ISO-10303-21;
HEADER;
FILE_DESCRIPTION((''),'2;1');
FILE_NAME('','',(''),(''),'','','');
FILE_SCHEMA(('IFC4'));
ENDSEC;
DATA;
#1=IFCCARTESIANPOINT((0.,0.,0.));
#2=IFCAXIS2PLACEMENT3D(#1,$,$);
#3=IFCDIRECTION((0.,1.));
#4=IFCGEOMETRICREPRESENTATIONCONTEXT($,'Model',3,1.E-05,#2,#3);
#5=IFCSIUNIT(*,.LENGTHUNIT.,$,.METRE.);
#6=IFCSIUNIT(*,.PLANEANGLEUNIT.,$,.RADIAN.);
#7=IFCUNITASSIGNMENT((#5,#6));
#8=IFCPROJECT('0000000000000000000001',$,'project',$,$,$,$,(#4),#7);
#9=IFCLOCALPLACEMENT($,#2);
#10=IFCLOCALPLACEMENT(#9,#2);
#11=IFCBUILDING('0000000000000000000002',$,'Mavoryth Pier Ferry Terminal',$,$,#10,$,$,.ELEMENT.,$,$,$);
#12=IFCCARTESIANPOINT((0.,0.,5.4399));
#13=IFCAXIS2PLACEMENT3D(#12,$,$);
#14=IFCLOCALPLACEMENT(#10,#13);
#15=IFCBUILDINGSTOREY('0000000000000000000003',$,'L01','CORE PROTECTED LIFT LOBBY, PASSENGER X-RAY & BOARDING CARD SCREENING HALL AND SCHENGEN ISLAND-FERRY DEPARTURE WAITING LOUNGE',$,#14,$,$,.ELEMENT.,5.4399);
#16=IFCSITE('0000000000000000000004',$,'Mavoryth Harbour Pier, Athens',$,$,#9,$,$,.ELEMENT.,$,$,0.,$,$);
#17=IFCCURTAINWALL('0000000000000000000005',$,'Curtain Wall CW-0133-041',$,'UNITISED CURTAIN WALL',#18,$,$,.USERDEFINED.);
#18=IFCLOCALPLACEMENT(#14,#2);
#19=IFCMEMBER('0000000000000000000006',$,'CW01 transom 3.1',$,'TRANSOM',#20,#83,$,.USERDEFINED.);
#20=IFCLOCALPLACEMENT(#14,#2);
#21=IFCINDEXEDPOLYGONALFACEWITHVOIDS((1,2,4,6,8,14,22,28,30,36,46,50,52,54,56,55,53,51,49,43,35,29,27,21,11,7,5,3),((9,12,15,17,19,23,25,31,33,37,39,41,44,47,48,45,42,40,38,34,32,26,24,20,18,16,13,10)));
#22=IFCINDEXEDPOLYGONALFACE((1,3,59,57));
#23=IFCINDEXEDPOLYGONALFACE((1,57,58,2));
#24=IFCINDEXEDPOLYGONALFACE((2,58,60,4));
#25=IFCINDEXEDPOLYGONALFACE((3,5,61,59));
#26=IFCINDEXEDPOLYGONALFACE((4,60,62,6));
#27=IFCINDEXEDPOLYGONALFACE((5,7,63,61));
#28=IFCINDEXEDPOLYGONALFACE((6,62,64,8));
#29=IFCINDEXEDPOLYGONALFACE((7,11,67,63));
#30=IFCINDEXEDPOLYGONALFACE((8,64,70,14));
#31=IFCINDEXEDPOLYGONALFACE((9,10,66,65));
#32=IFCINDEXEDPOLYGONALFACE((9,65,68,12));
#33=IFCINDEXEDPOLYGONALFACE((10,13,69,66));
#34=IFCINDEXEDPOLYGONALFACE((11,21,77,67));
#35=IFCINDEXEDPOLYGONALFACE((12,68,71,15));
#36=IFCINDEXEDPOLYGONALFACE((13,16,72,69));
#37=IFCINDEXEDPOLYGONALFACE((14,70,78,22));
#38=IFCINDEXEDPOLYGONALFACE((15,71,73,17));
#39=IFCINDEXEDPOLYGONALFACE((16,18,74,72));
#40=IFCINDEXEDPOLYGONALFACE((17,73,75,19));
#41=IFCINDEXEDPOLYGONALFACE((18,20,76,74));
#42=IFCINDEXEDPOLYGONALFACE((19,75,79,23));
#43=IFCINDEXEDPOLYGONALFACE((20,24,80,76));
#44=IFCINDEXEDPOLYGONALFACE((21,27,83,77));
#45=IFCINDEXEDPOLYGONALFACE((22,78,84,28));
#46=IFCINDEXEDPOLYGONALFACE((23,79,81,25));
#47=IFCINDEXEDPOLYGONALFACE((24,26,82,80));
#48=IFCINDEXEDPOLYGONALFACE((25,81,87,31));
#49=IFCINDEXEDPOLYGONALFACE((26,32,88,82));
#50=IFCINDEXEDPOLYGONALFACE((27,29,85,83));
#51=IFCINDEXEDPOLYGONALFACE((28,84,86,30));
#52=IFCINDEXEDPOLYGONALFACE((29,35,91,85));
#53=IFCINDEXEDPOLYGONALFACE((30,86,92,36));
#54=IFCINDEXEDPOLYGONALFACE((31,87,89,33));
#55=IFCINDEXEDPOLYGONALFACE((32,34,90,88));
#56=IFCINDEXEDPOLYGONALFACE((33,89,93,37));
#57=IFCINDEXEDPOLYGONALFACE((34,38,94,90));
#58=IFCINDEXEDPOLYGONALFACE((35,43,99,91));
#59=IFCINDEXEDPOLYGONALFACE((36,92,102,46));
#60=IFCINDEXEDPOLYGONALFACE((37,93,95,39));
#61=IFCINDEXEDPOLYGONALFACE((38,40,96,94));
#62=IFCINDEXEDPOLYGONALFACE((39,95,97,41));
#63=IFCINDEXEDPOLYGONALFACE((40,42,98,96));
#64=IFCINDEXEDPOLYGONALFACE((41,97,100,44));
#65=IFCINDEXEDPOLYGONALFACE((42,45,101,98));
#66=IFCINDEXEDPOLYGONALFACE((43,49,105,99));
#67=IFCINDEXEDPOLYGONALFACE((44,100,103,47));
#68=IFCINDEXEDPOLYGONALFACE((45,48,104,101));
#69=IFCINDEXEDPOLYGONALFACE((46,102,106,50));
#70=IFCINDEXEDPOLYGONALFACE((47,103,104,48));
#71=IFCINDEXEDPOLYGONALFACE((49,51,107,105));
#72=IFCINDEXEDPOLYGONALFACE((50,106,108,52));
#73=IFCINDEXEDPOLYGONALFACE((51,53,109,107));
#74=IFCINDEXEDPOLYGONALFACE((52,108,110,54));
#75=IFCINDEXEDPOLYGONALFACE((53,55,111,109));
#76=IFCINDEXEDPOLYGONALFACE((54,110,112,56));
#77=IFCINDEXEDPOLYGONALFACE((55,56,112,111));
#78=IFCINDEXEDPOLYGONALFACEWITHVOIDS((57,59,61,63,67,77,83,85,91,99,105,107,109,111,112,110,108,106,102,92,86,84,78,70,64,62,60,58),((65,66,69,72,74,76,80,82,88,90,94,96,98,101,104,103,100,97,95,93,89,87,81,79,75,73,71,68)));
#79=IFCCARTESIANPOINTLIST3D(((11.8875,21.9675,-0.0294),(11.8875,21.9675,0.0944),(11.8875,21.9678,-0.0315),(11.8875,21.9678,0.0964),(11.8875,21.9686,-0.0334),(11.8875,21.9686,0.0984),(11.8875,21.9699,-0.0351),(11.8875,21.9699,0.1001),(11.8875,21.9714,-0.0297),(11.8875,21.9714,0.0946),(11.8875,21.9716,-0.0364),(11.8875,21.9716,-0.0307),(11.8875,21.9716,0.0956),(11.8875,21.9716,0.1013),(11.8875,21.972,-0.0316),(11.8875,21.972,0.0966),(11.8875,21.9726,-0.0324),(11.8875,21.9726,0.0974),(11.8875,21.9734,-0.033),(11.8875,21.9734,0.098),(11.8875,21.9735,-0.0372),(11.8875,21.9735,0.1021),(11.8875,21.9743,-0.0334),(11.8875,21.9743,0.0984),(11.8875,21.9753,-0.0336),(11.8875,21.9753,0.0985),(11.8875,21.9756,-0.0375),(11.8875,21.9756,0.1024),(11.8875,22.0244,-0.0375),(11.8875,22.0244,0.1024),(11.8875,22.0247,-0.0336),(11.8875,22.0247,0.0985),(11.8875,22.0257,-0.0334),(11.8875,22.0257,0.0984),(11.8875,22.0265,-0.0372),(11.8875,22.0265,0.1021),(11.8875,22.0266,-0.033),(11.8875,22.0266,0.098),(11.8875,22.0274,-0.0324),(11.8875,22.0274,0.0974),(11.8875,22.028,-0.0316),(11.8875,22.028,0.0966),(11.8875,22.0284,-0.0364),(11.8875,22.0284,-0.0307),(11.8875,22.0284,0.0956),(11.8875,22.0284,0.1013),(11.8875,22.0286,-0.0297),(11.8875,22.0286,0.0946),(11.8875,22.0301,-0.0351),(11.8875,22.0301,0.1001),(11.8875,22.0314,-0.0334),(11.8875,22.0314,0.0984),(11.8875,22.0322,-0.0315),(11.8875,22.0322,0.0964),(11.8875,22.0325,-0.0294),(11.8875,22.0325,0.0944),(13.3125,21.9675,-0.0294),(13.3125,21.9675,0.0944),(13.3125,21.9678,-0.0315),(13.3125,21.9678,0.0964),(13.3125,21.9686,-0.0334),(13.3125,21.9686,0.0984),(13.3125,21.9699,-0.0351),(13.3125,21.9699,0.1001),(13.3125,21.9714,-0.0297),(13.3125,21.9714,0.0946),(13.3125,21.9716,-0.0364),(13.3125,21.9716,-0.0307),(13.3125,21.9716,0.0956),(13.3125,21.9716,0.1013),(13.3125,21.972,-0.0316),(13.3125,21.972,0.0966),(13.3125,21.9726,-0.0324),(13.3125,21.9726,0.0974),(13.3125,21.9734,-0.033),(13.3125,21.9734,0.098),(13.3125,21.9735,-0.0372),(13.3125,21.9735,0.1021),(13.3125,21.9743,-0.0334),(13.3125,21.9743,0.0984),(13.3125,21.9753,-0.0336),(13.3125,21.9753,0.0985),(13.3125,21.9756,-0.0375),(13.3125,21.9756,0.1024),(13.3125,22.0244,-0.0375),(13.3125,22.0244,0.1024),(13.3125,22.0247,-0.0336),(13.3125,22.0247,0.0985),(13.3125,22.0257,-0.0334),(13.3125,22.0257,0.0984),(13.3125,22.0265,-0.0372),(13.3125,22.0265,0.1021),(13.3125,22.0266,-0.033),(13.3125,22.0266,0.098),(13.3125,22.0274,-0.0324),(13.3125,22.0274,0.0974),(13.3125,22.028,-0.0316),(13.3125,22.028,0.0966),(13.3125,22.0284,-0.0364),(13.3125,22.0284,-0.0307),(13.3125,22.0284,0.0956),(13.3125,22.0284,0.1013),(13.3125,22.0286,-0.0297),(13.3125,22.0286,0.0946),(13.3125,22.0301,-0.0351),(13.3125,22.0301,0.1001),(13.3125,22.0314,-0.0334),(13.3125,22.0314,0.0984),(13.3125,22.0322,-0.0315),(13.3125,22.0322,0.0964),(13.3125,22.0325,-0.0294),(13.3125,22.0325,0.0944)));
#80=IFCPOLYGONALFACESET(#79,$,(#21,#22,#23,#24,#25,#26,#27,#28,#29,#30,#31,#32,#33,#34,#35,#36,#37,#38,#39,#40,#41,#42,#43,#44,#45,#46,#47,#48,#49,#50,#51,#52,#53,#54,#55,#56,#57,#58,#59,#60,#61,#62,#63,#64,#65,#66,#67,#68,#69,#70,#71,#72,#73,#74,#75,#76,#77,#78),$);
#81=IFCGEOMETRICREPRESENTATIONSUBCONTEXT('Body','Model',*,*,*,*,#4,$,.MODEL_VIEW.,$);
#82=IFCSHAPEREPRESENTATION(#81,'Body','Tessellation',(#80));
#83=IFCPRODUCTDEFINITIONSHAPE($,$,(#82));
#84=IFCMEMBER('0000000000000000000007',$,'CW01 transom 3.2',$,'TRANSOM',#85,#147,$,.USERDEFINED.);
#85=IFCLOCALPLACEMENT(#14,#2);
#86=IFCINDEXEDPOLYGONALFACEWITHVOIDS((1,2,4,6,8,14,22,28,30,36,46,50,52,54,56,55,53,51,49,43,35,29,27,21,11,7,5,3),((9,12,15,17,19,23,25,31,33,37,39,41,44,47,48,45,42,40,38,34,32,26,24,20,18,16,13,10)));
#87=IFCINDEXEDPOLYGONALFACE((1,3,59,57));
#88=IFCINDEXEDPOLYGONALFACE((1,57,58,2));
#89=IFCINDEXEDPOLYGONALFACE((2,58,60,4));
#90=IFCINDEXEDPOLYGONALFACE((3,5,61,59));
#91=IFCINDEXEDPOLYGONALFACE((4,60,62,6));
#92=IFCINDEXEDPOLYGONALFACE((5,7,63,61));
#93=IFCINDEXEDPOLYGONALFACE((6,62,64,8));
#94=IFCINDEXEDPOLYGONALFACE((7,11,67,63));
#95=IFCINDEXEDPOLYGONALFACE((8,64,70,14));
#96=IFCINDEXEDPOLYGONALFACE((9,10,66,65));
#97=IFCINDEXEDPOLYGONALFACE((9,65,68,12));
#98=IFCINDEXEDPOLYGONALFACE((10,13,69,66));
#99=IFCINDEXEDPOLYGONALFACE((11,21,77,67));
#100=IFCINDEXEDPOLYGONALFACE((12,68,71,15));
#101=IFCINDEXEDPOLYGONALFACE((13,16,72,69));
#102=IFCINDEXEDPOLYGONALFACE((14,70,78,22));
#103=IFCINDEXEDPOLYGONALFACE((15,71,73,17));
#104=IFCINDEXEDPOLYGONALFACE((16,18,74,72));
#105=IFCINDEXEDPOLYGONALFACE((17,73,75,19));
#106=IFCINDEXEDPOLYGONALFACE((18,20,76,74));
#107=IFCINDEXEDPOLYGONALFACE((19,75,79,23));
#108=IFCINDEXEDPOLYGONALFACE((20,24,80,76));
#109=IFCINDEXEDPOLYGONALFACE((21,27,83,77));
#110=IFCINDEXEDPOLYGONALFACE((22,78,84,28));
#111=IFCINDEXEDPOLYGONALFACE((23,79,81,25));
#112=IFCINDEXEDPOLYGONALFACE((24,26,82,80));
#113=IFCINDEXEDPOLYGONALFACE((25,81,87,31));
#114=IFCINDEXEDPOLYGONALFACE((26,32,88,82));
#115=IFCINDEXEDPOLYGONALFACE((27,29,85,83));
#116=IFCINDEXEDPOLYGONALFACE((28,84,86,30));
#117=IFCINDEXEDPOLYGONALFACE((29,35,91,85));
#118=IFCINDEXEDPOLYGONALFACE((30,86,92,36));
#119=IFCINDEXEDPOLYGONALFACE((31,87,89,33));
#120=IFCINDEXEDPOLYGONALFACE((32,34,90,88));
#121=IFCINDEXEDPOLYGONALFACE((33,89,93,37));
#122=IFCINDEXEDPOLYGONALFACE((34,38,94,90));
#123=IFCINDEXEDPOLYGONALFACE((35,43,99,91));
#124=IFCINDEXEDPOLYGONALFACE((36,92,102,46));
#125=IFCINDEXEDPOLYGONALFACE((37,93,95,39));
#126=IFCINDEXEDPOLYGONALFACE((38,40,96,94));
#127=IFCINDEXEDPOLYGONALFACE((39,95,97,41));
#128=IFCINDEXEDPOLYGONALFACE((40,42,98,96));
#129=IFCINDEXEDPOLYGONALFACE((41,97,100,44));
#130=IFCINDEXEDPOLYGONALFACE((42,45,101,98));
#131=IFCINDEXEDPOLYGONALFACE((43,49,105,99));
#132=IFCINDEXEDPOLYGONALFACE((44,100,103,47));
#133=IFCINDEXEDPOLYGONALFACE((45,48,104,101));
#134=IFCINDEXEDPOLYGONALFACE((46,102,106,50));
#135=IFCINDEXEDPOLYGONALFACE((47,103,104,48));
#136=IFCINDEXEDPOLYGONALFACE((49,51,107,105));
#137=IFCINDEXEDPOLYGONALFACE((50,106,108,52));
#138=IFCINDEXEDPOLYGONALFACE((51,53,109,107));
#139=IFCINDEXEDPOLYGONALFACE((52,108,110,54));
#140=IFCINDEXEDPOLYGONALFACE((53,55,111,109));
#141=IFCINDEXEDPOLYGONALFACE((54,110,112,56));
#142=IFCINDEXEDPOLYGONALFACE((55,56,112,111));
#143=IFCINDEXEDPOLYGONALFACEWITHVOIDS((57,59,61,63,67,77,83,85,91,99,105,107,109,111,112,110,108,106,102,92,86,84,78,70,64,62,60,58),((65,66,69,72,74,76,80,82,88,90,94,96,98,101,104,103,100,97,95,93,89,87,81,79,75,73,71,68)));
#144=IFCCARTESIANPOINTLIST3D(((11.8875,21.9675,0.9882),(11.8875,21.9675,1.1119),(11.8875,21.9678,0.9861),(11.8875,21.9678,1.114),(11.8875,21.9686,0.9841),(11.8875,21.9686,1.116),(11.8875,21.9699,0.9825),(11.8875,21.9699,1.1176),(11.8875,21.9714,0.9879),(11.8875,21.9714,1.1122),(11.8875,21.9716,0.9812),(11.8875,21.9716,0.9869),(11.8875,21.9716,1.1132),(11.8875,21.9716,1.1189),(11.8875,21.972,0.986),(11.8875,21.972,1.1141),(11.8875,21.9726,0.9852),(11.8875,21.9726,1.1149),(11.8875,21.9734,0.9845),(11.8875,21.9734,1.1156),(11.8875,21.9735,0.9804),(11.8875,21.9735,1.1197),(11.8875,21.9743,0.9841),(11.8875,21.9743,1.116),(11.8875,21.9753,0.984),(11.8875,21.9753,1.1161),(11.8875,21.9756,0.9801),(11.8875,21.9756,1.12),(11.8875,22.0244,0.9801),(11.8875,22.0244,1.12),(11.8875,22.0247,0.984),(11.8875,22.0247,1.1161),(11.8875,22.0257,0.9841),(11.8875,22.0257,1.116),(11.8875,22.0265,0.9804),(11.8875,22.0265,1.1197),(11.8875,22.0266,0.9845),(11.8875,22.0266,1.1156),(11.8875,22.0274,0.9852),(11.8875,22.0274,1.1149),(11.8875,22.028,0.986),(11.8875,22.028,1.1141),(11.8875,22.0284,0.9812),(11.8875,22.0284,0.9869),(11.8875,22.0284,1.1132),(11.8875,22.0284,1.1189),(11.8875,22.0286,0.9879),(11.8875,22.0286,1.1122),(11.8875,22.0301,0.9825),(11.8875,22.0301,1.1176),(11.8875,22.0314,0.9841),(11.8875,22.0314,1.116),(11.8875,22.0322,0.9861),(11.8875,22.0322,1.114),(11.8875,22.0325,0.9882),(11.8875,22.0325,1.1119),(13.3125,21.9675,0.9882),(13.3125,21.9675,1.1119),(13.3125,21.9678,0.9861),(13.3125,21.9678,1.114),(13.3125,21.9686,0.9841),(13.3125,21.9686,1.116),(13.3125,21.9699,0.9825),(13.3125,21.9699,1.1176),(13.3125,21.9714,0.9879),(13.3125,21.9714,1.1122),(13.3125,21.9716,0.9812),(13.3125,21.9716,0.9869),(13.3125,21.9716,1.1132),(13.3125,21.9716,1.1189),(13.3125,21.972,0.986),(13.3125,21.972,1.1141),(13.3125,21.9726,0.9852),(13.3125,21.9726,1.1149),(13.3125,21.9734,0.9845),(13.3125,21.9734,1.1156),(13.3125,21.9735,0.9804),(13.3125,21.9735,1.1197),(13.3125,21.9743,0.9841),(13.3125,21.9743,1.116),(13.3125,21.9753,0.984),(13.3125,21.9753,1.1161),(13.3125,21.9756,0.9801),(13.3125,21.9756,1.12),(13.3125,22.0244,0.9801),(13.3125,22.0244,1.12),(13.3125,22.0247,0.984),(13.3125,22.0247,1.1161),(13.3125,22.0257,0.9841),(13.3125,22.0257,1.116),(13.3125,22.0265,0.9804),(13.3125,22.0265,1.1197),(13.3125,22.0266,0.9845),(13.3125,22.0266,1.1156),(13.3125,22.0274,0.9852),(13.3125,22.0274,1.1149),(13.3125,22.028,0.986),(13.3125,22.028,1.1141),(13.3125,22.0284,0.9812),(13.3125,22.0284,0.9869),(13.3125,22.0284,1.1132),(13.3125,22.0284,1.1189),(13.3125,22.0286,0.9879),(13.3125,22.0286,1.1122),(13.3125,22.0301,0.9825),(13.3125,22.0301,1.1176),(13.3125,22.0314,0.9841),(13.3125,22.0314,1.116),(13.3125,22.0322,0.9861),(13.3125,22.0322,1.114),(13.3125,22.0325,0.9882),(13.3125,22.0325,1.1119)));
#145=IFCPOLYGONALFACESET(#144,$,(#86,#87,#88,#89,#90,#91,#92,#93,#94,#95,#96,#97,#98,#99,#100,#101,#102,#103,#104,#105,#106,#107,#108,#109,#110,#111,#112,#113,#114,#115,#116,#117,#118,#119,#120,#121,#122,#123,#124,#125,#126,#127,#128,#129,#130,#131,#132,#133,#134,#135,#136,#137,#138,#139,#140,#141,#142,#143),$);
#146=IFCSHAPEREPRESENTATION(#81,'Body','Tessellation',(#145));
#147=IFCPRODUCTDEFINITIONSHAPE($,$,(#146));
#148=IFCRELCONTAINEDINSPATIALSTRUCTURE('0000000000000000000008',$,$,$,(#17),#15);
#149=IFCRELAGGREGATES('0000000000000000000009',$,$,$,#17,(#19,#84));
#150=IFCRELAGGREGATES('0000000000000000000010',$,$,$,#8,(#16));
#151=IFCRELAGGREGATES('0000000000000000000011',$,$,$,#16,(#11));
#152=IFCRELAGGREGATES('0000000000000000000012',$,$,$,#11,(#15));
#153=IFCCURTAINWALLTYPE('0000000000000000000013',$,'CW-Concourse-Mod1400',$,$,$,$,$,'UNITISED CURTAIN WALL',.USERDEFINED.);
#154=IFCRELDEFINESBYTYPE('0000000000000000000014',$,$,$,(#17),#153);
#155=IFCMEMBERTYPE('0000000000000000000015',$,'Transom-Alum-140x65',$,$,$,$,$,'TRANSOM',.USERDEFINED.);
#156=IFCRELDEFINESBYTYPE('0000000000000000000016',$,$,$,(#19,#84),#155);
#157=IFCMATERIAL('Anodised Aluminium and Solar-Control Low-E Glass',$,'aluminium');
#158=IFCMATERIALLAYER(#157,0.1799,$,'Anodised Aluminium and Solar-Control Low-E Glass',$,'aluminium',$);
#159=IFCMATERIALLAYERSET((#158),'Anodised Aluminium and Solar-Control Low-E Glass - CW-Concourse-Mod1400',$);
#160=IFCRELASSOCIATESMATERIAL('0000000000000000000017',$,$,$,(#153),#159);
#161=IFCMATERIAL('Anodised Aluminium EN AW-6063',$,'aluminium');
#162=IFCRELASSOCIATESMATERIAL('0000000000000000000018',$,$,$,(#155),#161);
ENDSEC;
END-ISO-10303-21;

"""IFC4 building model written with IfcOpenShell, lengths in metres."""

from ifc_helpers import new_model, si_unit, direction, frame, origin, origin_2d, place, context, subcontext, project, spatial, hollow_rectangle, extrude, material, layer, layer_set, material_profile, profile_set, type_object, element, aggregate, save


model = new_model("IFC4")

# Units and contexts
model_context = context("Model", 3, precision=1e-05, world=origin(), true_north=direction((0.0, 1.0)))
body_context = subcontext(model_context, "Body", "Model", "MODEL_VIEW")
ifc_project = project(units=[si_unit("LENGTHUNIT", "METRE"), si_unit("PLANEANGLEUNIT", "RADIAN")], contexts=[model_context])

# Site, building, storey
site_placement = place(None, origin())
site = spatial("IfcSite", under=ifc_project, at=site_placement, Name="Mavoryth Harbour Pier, Athens", CompositionType="ELEMENT", RefElevation=0.0)
building_placement = place(site_placement, origin())
building = spatial("IfcBuilding", under=site, at=building_placement, Name="Mavoryth Pier Ferry Terminal", CompositionType="ELEMENT")
storey_placement = place(building_placement, frame((0.0, 0.0, 5.4399)))
storey = spatial("IfcBuildingStorey", under=building, at=storey_placement, Name="L01", Description="CORE PROTECTED LIFT LOBBY, PASSENGER X-RAY & BOARDING CARD SCREENING HALL AND SCHENGEN ISLAND-FERRY DEPARTURE WAITING LOUNGE", CompositionType="ELEMENT", Elevation=5.4399)

# Curtain wall
ifc_material_1 = material(Name="Anodised Aluminium and Solar-Control Low-E Glass", Category="aluminium")
ifc_layer_1 = layer(ifc_material_1, 0.1799, Name="Anodised Aluminium and Solar-Control Low-E Glass", Category="aluminium")
ifc_layer_set_1 = layer_set([ifc_layer_1], Name="Anodised Aluminium and Solar-Control Low-E Glass - CW-Concourse-Mod1400")
curtain_wall_type = type_object("IfcCurtainWallType", Name="CW-Concourse-Mod1400", ElementType="UNITISED CURTAIN WALL", PredefinedType="USERDEFINED", material=ifc_layer_set_1)
ifc_material_2 = material(Name="Anodised Aluminium EN AW-6063", Category="aluminium")
curtain_wall_1_placement = place(storey_placement, origin())
curtain_wall_1 = element("IfcCurtainWall", 1, at=curtain_wall_1_placement, inside=storey, type_object=curtain_wall_type, Name="Curtain Wall CW-0133-041", ObjectType="UNITISED CURTAIN WALL", PredefinedType="USERDEFINED")

# Members
ifc_material_profile_1 = material_profile(ifc_material_2, hollow_rectangle(XDim=0.0649, YDim=0.1399, WallThickness=0.0039, InnerFilletRadius=0.0039, OuterFilletRadius=0.0081, at=origin_2d()), Name="AL-TRAN 140x65x4", Category="aluminium")
ifc_profile_set_1 = profile_set([ifc_material_profile_1], Name="Anodised Aluminium EN AW-6063 - AL-TRAN 140x65x4")
member_type_1 = type_object("IfcMemberType", Name="Transom-Alum-140x65", ElementType="TRANSOM", PredefinedType="USERDEFINED", material=ifc_profile_set_1)
member_1_placement = place(storey_placement, frame((11.8875, 22.0, 0.0325), z_axis=(1.0, 0.0, 0.0), x_axis=(0.0, 1.0, 0.0)))
member_1 = element("IfcMember", 2, at=member_1_placement, type_object=member_type_1, Name="CW01 transom 3.1", ObjectType="TRANSOM", PredefinedType="USERDEFINED", context=body_context, shape_type="SweptSolid", body=[
    extrude(hollow_rectangle(XDim=0.0649, YDim=0.1399, WallThickness=0.0039, InnerFilletRadius=0.0039, OuterFilletRadius=0.0081, at=origin_2d()), origin(), (0.0, 0.0, 1.0), 1.425),
])
member_2_placement = place(storey_placement, frame((11.8875, 22.0, 1.05), z_axis=(1.0, 0.0, 0.0), x_axis=(0.0, 1.0, 0.0)))
member_2 = element("IfcMember", 3, at=member_2_placement, type_object=member_type_1, Name="CW01 transom 3.2", ObjectType="TRANSOM", PredefinedType="USERDEFINED", context=body_context, shape_type="SweptSolid", body=[
    extrude(hollow_rectangle(XDim=0.0649, YDim=0.1399, WallThickness=0.0039, InnerFilletRadius=0.0039, OuterFilletRadius=0.0081, at=origin_2d()), origin(), (0.0, 0.0, 1.0), 1.425),
])

aggregate(curtain_wall_1, [member_1, member_2])

save(model, "model.ifc")
